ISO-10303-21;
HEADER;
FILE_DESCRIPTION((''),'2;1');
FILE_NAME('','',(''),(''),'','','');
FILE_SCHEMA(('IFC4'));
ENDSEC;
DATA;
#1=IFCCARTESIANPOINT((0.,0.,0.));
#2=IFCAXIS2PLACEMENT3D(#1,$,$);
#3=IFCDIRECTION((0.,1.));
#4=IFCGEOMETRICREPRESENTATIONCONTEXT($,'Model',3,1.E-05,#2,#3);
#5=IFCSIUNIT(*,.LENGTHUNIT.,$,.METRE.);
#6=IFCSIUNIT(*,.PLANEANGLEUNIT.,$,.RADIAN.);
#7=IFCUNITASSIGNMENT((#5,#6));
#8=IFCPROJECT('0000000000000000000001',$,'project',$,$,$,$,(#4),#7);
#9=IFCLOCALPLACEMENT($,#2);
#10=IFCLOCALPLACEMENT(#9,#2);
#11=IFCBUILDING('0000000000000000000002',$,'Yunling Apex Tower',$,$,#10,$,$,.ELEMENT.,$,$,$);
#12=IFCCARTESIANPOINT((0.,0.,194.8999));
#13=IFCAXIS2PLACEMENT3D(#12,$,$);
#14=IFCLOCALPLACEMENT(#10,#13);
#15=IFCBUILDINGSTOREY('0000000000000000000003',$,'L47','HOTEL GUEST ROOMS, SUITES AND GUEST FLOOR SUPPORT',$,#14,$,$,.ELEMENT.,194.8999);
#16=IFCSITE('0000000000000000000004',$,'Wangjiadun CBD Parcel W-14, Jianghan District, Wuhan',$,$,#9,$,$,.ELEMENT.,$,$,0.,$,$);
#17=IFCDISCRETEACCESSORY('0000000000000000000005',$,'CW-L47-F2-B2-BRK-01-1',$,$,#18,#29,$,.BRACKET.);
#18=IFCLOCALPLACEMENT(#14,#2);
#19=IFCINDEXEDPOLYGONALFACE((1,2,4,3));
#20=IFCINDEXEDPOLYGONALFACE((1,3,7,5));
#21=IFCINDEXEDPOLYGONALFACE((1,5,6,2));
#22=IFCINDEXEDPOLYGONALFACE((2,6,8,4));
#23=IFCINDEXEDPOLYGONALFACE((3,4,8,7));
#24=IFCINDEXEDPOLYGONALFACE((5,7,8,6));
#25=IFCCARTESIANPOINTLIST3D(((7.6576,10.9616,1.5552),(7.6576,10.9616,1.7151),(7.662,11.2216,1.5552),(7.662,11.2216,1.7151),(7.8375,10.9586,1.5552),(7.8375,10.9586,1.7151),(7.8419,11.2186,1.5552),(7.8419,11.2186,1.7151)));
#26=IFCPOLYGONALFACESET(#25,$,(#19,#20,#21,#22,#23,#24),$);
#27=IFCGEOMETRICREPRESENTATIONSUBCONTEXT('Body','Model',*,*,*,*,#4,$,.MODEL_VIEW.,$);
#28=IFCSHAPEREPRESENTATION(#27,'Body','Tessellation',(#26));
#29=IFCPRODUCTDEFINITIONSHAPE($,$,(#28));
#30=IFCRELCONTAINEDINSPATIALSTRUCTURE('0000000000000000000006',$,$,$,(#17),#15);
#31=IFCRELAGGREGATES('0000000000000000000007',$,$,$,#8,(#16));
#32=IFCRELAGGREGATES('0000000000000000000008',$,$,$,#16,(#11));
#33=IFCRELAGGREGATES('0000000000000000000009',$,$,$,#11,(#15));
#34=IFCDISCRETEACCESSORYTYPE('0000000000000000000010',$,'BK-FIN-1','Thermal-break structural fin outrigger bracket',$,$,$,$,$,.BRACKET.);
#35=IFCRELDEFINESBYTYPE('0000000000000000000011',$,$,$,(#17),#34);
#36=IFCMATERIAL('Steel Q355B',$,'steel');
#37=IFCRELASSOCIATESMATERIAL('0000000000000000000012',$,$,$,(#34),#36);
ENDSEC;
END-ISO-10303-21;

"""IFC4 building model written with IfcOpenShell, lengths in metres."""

from ifc_helpers import new_model, si_unit, direction, frame, origin, origin_2d, place, context, subcontext, project, spatial, rectangle, extrude, source, transform, mapped, material, type_object, element, save


model = new_model("IFC4")

# Units and contexts
model_context = context("Model", 3, precision=1e-05, world=origin(), true_north=direction((0.0, 1.0)))
body_context = subcontext(model_context, "Body", "Model", "MODEL_VIEW")
ifc_project = project(units=[si_unit("LENGTHUNIT", "METRE"), si_unit("PLANEANGLEUNIT", "RADIAN")], contexts=[model_context])

# Site, building, storey
site_placement = place(None, origin())
site = spatial("IfcSite", under=ifc_project, at=site_placement, Name="Wangjiadun CBD Parcel W-14, Jianghan District, Wuhan", CompositionType="ELEMENT", RefElevation=0.0)
building_placement = place(site_placement, origin())
building = spatial("IfcBuilding", under=site, at=building_placement, Name="Yunling Apex Tower", CompositionType="ELEMENT")
storey_placement = place(building_placement, frame((0.0, 0.0, 194.8999)))
storey = spatial("IfcBuildingStorey", under=building, at=storey_placement, Name="L47", Description="HOTEL GUEST ROOMS, SUITES AND GUEST FLOOR SUPPORT", CompositionType="ELEMENT", Elevation=194.8999)

# Shared definitions
ifc_material_1 = material(Name="Steel Q355B", Category="steel")

# Discrete accessory
discrete_accessory_type = type_object("IfcDiscreteAccessoryType", Name="BK-FIN-1", Description="Thermal-break structural fin outrigger bracket", PredefinedType="BRACKET", material=ifc_material_1)
shared_shape_1 = source(origin(), body_context, "Body", "SweptSolid", [
    extrude(rectangle(XDim=0.1799, YDim=0.26, at=origin_2d()), origin(), (0.0, 0.0, 1.0), 0.1599),
])
discrete_accessory_placement = place(storey_placement, frame((7.7498, 11.0901, 1.5552), z_axis=(0.0, 0.0, 1.0), x_axis=(-0.99986, 0.016754, 0.0)))
element("IfcDiscreteAccessory", 1, at=discrete_accessory_placement, inside=storey, type_object=discrete_accessory_type, Name="CW-L47-F2-B2-BRK-01-1", PredefinedType="BRACKET", context=body_context, shape_type="MappedRepresentation", body=[
    mapped(shared_shape_1, transform((0.0, 0.0, 0.0), scale=1.0)),
])

save(model, "model.ifc")
